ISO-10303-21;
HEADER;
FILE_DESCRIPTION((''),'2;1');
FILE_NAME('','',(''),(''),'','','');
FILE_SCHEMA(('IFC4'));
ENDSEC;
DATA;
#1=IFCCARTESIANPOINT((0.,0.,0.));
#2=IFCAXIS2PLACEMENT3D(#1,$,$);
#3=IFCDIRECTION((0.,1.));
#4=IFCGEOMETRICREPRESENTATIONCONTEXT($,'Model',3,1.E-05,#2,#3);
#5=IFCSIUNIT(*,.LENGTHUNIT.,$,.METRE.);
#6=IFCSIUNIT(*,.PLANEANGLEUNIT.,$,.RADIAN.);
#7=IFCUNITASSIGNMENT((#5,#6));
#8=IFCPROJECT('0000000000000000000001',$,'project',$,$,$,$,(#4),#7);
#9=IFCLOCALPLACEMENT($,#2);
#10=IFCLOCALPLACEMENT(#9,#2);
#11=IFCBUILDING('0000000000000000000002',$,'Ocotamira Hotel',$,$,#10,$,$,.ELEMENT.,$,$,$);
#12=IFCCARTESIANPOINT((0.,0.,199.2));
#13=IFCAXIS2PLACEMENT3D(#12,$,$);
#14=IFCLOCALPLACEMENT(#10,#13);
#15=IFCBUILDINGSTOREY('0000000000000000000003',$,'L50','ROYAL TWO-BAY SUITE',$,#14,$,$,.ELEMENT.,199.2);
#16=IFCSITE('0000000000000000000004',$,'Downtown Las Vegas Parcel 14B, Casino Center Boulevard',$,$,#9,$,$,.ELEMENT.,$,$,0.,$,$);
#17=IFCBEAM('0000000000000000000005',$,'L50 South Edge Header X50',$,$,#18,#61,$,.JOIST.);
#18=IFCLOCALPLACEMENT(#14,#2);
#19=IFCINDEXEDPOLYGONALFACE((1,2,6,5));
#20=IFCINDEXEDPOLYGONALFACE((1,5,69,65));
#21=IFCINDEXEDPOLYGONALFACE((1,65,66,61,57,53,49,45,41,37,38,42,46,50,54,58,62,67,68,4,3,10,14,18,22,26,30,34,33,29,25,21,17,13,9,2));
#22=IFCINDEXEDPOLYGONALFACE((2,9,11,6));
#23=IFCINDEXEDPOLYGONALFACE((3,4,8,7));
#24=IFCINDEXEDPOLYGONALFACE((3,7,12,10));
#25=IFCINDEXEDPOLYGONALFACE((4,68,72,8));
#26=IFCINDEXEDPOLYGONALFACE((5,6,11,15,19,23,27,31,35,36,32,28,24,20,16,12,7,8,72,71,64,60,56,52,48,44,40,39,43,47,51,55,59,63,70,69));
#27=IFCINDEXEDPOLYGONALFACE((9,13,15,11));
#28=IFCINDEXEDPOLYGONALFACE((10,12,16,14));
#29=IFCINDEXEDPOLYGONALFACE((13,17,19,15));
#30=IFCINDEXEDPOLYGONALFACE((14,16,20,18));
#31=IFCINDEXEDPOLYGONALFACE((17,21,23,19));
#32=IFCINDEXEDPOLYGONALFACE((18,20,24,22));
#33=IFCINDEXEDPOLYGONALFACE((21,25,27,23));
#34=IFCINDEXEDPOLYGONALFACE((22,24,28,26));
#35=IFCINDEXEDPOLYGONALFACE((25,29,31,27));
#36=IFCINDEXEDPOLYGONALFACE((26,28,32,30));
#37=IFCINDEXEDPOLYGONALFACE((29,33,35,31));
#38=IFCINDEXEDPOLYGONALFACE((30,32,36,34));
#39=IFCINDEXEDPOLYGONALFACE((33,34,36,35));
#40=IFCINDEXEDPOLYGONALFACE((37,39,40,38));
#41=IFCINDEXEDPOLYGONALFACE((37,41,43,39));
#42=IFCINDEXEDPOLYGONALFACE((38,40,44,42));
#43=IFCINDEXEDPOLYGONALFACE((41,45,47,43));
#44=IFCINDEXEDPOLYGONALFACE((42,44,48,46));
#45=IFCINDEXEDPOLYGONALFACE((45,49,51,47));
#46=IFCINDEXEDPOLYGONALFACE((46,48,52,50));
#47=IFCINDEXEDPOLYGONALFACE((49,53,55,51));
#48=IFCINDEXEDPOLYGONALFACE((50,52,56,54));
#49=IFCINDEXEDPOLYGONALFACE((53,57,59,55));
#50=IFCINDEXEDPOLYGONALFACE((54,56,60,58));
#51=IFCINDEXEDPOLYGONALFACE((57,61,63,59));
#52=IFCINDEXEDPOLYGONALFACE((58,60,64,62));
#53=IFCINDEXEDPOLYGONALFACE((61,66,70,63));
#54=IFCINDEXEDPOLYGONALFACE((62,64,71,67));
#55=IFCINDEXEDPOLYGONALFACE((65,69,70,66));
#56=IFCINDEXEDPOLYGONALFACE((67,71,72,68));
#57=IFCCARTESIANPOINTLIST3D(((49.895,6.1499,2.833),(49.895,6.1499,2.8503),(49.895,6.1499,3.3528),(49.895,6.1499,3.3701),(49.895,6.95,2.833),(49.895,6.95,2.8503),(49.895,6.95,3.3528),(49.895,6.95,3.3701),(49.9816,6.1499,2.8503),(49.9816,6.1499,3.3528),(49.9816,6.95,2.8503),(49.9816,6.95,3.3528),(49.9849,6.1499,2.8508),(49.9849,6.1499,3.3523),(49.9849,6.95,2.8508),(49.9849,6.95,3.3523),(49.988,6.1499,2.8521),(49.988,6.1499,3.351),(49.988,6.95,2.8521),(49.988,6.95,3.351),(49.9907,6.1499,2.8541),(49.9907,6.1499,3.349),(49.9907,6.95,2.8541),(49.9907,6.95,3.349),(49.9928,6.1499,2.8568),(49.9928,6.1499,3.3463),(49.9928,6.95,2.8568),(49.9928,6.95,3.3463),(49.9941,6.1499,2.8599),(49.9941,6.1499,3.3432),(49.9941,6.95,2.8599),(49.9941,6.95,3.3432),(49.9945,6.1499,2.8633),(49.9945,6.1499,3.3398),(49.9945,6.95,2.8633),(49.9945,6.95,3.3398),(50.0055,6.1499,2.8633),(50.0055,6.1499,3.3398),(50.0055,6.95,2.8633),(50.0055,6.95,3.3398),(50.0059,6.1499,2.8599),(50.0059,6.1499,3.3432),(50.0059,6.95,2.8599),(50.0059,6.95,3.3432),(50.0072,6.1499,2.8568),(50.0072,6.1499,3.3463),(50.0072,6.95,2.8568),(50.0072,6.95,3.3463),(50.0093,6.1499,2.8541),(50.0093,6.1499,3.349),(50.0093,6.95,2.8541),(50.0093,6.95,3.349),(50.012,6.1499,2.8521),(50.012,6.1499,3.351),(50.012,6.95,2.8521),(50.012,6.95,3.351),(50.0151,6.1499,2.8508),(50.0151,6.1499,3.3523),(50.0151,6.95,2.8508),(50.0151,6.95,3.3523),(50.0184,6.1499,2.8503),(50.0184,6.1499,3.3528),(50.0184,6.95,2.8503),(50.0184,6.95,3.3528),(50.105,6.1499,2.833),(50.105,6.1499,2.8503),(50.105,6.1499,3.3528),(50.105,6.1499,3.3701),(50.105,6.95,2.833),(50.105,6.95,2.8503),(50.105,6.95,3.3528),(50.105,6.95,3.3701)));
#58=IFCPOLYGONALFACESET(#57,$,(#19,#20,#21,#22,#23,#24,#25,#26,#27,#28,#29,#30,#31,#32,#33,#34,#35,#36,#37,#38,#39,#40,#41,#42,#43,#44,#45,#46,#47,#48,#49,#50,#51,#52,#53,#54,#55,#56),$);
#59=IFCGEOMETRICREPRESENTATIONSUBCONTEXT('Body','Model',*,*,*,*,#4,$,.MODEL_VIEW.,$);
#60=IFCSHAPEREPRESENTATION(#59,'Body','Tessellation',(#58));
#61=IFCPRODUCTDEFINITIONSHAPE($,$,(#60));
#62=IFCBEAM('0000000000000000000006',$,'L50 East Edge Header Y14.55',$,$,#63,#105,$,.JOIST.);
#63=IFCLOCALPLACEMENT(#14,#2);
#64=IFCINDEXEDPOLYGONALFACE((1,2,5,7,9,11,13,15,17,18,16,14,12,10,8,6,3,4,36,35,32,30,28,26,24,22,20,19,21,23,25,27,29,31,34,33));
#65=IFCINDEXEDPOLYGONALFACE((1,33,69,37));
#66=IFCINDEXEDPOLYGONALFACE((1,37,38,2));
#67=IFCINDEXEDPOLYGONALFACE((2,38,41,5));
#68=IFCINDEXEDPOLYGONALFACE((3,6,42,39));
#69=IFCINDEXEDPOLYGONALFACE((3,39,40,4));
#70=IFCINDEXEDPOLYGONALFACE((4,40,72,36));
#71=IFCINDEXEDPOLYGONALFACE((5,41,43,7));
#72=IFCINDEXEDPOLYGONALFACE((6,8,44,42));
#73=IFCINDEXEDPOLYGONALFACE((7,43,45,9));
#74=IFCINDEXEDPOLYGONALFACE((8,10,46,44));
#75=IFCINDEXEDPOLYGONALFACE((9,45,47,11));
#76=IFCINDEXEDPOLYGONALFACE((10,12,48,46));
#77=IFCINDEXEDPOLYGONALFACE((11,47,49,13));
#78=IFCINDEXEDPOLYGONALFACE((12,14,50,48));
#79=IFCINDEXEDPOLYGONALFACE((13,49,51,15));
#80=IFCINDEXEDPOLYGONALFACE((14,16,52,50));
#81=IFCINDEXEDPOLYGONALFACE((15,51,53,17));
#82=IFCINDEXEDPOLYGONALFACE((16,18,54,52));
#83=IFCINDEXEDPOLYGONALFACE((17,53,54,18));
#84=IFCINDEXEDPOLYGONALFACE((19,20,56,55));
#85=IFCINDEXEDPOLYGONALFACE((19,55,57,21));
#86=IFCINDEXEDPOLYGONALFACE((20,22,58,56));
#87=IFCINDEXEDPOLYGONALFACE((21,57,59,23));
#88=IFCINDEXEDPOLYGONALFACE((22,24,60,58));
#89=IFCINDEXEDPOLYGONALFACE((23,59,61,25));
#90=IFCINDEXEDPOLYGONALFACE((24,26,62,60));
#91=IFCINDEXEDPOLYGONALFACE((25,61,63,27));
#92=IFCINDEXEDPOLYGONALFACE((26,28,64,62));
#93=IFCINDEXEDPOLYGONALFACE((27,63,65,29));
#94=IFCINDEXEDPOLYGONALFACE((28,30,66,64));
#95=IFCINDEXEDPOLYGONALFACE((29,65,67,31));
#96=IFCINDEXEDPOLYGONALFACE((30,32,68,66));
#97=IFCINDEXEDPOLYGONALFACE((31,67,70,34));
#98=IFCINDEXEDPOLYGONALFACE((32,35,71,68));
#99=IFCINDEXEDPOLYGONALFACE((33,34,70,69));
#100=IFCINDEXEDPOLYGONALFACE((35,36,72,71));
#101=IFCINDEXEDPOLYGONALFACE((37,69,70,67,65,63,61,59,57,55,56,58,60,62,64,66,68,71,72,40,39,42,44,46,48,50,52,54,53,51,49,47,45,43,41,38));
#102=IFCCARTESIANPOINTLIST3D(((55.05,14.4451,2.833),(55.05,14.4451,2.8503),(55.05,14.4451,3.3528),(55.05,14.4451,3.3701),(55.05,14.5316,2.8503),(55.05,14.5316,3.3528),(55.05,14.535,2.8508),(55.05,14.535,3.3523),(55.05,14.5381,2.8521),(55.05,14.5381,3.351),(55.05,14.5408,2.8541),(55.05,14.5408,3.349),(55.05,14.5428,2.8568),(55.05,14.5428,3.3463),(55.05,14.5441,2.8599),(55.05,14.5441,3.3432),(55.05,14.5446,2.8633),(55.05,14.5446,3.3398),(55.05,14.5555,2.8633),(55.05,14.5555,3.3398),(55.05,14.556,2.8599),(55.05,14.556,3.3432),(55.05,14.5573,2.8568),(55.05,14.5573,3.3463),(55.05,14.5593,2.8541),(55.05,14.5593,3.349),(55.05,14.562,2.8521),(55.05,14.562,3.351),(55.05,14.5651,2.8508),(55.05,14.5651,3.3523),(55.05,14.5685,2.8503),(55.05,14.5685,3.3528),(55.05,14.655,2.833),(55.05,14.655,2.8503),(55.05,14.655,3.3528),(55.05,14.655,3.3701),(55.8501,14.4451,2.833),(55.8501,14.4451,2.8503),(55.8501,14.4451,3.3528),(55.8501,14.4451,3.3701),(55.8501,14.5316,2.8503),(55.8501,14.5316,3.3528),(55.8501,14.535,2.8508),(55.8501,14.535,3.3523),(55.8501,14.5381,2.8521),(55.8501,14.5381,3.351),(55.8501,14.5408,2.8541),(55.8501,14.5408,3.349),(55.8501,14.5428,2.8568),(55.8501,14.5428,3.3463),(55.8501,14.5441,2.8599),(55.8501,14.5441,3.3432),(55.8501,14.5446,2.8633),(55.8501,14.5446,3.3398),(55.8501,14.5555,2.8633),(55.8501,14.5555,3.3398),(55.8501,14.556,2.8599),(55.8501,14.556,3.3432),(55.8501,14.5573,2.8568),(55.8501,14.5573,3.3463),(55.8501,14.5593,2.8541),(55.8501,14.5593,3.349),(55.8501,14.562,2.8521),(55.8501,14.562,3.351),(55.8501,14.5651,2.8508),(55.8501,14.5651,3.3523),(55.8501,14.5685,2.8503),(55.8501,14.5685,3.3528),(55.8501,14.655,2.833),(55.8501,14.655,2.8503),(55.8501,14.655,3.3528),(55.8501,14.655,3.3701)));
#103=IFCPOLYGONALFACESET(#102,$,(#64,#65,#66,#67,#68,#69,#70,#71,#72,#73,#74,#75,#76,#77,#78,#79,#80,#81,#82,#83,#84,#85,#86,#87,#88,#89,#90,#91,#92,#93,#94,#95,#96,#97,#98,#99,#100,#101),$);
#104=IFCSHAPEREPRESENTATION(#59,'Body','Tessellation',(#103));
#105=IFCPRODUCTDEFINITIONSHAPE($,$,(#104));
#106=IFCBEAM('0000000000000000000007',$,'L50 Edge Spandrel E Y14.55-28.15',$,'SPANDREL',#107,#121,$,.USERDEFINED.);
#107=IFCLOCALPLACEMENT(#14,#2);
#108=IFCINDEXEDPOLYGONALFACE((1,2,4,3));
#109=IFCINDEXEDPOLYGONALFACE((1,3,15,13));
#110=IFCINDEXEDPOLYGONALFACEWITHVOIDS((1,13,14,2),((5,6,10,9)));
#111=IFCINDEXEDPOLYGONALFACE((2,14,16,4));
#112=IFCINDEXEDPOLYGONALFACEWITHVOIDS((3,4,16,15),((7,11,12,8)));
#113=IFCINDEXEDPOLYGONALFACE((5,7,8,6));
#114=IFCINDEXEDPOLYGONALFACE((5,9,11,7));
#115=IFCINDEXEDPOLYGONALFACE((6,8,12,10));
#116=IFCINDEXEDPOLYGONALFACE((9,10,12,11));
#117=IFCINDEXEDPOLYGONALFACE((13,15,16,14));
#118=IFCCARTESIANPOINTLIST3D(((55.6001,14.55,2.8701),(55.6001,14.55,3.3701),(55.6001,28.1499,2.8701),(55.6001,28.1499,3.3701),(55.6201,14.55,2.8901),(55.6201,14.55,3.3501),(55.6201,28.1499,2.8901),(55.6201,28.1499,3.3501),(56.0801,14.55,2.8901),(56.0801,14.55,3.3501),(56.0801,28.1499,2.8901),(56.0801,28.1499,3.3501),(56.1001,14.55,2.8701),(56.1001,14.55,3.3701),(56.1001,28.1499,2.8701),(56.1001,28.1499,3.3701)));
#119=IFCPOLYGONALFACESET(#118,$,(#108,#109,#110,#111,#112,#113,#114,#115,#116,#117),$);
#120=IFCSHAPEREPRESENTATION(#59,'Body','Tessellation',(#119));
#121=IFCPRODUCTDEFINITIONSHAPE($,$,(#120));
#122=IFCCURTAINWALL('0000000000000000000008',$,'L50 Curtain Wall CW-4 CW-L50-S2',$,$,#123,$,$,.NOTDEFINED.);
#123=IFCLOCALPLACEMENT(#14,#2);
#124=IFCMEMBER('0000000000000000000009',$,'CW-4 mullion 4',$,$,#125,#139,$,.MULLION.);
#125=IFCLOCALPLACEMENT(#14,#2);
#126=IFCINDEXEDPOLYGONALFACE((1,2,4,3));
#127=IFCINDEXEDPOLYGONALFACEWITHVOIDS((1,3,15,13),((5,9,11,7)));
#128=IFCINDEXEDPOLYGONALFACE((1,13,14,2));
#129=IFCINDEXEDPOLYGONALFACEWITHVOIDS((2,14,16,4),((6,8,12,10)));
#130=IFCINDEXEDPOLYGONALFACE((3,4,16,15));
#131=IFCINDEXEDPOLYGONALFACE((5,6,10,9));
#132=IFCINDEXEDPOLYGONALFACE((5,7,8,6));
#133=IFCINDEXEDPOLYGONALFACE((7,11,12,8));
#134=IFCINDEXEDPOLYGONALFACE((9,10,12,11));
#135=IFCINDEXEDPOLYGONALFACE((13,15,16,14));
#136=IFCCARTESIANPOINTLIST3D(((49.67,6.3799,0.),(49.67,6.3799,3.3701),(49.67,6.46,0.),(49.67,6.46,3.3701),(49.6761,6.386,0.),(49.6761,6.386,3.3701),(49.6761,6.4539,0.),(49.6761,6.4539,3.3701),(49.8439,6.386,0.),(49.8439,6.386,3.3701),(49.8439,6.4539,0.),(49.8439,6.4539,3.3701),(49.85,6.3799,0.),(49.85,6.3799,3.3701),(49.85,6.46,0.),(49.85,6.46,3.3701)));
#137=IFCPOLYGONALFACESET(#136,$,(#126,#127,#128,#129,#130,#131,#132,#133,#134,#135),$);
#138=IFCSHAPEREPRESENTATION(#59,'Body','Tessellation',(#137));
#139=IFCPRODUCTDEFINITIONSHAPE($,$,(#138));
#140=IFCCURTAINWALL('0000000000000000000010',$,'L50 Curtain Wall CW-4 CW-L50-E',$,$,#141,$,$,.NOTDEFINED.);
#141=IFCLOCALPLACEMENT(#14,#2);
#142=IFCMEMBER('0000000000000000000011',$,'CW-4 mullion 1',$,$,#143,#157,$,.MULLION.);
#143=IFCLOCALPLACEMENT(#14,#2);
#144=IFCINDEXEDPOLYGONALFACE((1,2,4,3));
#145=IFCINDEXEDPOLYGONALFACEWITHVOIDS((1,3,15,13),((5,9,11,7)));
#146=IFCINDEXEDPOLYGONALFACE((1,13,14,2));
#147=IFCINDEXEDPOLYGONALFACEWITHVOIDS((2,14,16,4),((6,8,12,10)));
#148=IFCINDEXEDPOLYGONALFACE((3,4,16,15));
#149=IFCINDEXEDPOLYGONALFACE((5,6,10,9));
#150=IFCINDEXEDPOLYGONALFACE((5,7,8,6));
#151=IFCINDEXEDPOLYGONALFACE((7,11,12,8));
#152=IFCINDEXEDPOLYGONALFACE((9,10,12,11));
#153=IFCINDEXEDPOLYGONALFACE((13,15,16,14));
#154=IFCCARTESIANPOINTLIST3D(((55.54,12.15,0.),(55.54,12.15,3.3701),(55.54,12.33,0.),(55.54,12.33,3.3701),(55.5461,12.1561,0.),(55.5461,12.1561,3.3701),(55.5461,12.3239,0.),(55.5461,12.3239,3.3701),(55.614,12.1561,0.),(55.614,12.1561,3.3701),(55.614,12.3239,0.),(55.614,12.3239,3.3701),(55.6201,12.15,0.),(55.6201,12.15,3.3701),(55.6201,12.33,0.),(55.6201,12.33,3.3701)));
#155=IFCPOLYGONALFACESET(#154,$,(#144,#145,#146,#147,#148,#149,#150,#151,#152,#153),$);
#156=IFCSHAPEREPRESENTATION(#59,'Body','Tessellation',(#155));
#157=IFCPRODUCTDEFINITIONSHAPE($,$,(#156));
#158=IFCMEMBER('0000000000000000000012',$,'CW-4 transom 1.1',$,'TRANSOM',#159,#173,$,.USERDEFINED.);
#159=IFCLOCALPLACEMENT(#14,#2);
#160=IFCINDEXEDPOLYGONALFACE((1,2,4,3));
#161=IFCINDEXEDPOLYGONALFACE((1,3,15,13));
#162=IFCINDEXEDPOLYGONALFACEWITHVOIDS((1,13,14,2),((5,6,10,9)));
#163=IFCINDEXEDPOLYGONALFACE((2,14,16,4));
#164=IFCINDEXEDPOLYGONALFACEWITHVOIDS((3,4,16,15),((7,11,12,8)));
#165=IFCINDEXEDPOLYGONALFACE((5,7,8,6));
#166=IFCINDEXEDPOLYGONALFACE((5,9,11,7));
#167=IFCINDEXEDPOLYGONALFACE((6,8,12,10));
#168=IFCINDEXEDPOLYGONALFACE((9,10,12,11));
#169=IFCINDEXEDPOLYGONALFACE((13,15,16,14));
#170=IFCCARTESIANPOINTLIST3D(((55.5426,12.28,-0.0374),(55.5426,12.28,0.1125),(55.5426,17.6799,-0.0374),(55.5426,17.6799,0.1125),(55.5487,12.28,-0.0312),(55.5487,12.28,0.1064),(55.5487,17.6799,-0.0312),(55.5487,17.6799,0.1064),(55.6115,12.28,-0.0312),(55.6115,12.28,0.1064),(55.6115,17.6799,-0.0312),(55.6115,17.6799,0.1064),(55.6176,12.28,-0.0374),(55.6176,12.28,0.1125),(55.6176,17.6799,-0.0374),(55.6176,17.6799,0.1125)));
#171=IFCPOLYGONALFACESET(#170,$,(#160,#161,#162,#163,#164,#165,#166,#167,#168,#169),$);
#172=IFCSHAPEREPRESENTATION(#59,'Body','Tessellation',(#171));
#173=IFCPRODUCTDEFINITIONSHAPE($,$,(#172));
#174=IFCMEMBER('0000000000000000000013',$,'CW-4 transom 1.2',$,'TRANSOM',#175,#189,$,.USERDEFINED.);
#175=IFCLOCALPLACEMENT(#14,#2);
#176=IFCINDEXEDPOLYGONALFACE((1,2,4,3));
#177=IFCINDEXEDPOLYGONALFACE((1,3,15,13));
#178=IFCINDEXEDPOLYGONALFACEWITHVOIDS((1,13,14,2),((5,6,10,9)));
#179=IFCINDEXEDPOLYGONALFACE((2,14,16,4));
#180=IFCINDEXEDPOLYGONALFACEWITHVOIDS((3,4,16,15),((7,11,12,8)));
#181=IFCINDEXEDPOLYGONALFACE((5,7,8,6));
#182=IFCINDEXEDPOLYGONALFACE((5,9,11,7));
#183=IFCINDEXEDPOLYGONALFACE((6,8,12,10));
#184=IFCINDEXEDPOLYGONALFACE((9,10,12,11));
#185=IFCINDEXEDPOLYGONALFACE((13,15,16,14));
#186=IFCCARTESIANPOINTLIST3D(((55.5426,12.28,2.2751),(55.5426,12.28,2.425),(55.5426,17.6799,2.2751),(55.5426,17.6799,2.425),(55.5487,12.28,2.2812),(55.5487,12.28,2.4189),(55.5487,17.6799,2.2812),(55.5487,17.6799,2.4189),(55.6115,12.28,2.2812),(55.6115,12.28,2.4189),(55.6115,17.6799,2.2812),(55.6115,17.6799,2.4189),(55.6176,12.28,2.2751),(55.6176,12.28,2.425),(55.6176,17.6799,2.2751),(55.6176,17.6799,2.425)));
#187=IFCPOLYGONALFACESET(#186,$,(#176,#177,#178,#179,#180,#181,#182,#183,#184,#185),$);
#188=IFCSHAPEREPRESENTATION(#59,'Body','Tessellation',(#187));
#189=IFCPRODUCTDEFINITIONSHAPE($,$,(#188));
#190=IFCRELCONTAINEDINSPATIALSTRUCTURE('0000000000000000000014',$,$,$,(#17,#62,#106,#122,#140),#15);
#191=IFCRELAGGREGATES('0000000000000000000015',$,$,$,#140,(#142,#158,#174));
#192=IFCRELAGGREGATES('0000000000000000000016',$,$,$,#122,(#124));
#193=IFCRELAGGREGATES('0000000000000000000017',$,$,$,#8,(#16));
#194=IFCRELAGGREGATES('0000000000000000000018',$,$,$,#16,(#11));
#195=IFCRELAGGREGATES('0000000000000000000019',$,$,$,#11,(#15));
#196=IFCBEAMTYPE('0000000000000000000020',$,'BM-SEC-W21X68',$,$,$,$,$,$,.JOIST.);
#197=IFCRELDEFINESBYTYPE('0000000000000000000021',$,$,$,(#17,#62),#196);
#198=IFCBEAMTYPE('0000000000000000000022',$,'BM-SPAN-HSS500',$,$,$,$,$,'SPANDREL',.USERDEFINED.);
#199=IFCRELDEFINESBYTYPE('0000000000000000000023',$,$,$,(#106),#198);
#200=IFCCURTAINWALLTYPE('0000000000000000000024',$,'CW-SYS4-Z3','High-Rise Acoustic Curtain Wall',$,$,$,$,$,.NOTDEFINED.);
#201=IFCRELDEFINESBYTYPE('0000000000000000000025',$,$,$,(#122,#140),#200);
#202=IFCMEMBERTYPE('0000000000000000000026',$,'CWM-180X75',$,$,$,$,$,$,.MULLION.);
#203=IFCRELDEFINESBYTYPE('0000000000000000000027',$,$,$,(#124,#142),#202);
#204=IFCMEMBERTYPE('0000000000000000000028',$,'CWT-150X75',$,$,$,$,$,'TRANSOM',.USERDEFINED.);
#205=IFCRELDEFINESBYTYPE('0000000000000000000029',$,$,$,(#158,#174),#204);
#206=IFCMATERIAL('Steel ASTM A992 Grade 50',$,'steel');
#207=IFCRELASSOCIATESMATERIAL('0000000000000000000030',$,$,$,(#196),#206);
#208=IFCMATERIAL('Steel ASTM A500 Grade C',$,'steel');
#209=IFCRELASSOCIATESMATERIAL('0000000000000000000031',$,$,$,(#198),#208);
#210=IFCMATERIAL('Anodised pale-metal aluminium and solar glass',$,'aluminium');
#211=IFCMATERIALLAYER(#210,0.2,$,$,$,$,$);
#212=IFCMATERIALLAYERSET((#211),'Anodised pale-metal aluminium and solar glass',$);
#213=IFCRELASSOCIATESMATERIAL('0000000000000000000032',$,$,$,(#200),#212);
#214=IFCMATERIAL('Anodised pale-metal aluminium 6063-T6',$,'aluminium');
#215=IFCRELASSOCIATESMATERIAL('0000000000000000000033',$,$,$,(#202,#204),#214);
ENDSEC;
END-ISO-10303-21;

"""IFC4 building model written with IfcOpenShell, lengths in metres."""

from ifc_helpers import new_model, si_unit, direction, frame, origin, origin_2d, place, context, subcontext, project, spatial, hollow_rectangle, i_section, extrude, source, transform, mapped, material, layer, layer_set, material_profile, profile_set, type_object, element, aggregate, save


model = new_model("IFC4")

# Units and contexts
model_context = context("Model", 3, precision=1e-05, world=origin(), true_north=direction((0.0, 1.0)))
body_context = subcontext(model_context, "Body", "Model", "MODEL_VIEW")
ifc_project = project(units=[si_unit("LENGTHUNIT", "METRE"), si_unit("PLANEANGLEUNIT", "RADIAN")], contexts=[model_context])

# Site, building, storey
site_placement = place(None, origin())
site = spatial("IfcSite", under=ifc_project, at=site_placement, Name="Downtown Las Vegas Parcel 14B, Casino Center Boulevard", CompositionType="ELEMENT", RefElevation=0.0)
building_placement = place(site_placement, origin())
building = spatial("IfcBuilding", under=site, at=building_placement, Name="Ocotamira Hotel", CompositionType="ELEMENT")
storey_placement = place(building_placement, frame((0.0, 0.0, 199.2)))
storey = spatial("IfcBuildingStorey", under=building, at=storey_placement, Name="L50", Description="ROYAL TWO-BAY SUITE", CompositionType="ELEMENT", Elevation=199.2)

# Beams
ifc_material_1 = material(Name="Steel ASTM A992 Grade 50", Category="steel")
ifc_material_profile_1 = material_profile(ifc_material_1, i_section(OverallWidth=0.21, OverallDepth=0.5371, WebThickness=0.011, FlangeThickness=0.0173, FilletRadius=0.0129, at=origin_2d()), Name="W21X68")
ifc_profile_set_1 = profile_set([ifc_material_profile_1], Name="Steel ASTM A992 Grade 50")
beam_type_1 = type_object("IfcBeamType", Name="BM-SEC-W21X68", PredefinedType="JOIST", material=ifc_profile_set_1)
shared_shape_1 = source(origin(), body_context, "Body", "SweptSolid", [
    extrude(i_section(OverallWidth=0.21, OverallDepth=0.5371, WebThickness=0.011, FlangeThickness=0.0173, FilletRadius=0.0129, at=origin_2d()), origin(), (0.0, 0.0, 1.0), 0.8),
])
for number, where, z_axis, x_axis, name in (
    (1, (50.0, 6.95, 3.1016), (0.0, -1.0, 0.0), (1.0, 0.0, 0.0), "L50 South Edge Header X50"),
    (2, (55.05, 14.55, 3.1016), (1.0, 0.0, 0.0), (0.0, 1.0, 0.0), "L50 East Edge Header Y14.55"),
):
    element("IfcBeam", number, at=place(storey_placement, frame(where, z_axis=z_axis, x_axis=x_axis)), inside=storey, type_object=beam_type_1, Name=name, PredefinedType="JOIST", context=body_context, shape_type="MappedRepresentation", body=[
        mapped(shared_shape_1, transform((0.0, 0.0, 0.0), scale=1.0)),
    ])
ifc_material_2 = material(Name="Steel ASTM A500 Grade C", Category="steel")
ifc_material_profile_2 = material_profile(ifc_material_2, hollow_rectangle(XDim=0.5, YDim=0.5, WallThickness=0.02, at=origin_2d()), Name="HSS500X500X20")
ifc_profile_set_2 = profile_set([ifc_material_profile_2], Name="Steel ASTM A500 Grade C")
beam_type_2 = type_object("IfcBeamType", Name="BM-SPAN-HSS500", ElementType="SPANDREL", PredefinedType="USERDEFINED", material=ifc_profile_set_2)
shared_shape_2 = source(origin(), body_context, "Body", "SweptSolid", [
    extrude(hollow_rectangle(XDim=0.5, YDim=0.5, WallThickness=0.02, at=origin_2d()), origin(), (0.0, 0.0, 1.0), 13.5999),
])
beam_1_placement = place(storey_placement, frame((55.8501, 14.55, 3.1201), z_axis=(0.0, 1.0, 0.0), x_axis=(-1.0, 0.0, 0.0)))
element("IfcBeam", 3, at=beam_1_placement, inside=storey, type_object=beam_type_2, Name="L50 Edge Spandrel E Y14.55-28.15", ObjectType="SPANDREL", PredefinedType="USERDEFINED", context=body_context, shape_type="MappedRepresentation", body=[
    mapped(shared_shape_2, transform((0.0, 0.0, 0.0), scale=1.0)),
])

# Curtain wall, member
ifc_material_3 = material(Name="Anodised pale-metal aluminium and solar glass", Category="aluminium")
ifc_layer_1 = layer(ifc_material_3, 0.2)
ifc_layer_set_1 = layer_set([ifc_layer_1], Name="Anodised pale-metal aluminium and solar glass")
curtain_wall_type = type_object("IfcCurtainWallType", Name="CW-SYS4-Z3", Description="High-Rise Acoustic Curtain Wall", PredefinedType="NOTDEFINED", material=ifc_layer_set_1)
curtain_wall_1_placement = place(storey_placement, origin())
curtain_wall_1 = element("IfcCurtainWall", 4, at=curtain_wall_1_placement, inside=storey, type_object=curtain_wall_type, Name="L50 Curtain Wall CW-4 CW-L50-S2", PredefinedType="NOTDEFINED")
ifc_material_4 = material(Name="Anodised pale-metal aluminium 6063-T6", Category="aluminium")
ifc_material_profile_3 = material_profile(ifc_material_4, hollow_rectangle(XDim=0.0801, YDim=0.1799, WallThickness=0.0061, at=origin_2d()), Name="HSS180X80X6")
ifc_profile_set_3 = profile_set([ifc_material_profile_3], Name="Anodised pale-metal aluminium 6063-T6")
member_type_1 = type_object("IfcMemberType", Name="CWM-180X75", PredefinedType="MULLION", material=ifc_profile_set_3)
shared_shape_3 = source(origin(), body_context, "Body", "SweptSolid", [
    extrude(hollow_rectangle(XDim=0.0801, YDim=0.1799, WallThickness=0.0061, at=origin_2d()), origin(), (0.0, 0.0, 1.0), 3.3701),
])
member_1_placement = place(storey_placement, frame((49.76, 6.4199, 0.0), z_axis=(0.0, 0.0, 1.0), x_axis=(0.0, 1.0, 0.0)))
member_1 = element("IfcMember", 5, at=member_1_placement, type_object=member_type_1, Name="CW-4 mullion 4", PredefinedType="MULLION", context=body_context, shape_type="MappedRepresentation", body=[
    mapped(shared_shape_3, transform((0.0, 0.0, 0.0), scale=1.0)),
])

# Curtain wall, members
curtain_wall_2_placement = place(storey_placement, origin())
curtain_wall_2 = element("IfcCurtainWall", 6, at=curtain_wall_2_placement, inside=storey, type_object=curtain_wall_type, Name="L50 Curtain Wall CW-4 CW-L50-E", PredefinedType="NOTDEFINED")
member_2_placement = place(storey_placement, frame((55.5801, 12.24, 0.0), z_axis=(0.0, 0.0, 1.0), x_axis=(-1.0, 0.0, 0.0)))
member_2 = element("IfcMember", 7, at=member_2_placement, type_object=member_type_1, Name="CW-4 mullion 1", PredefinedType="MULLION", context=body_context, shape_type="MappedRepresentation", body=[
    mapped(shared_shape_3, transform((0.0, 0.0, 0.0), scale=1.0)),
])
ifc_material_profile_4 = material_profile(ifc_material_4, hollow_rectangle(XDim=0.075, YDim=0.1499, WallThickness=0.0061, at=origin_2d()), Name="HSS150X75X6")
ifc_profile_set_4 = profile_set([ifc_material_profile_4], Name="Anodised pale-metal aluminium 6063-T6")
member_type_2 = type_object("IfcMemberType", Name="CWT-150X75", ElementType="TRANSOM", PredefinedType="USERDEFINED", material=ifc_profile_set_4)
shared_shape_4 = source(origin(), body_context, "Body", "SweptSolid", [
    extrude(hollow_rectangle(XDim=0.075, YDim=0.1499, WallThickness=0.0061, at=origin_2d()), origin(), (0.0, 0.0, 1.0), 5.3999),
])
member_3_placement = place(storey_placement, frame((55.5801, 12.28, 0.0376), z_axis=(0.0, 1.0, 0.0), x_axis=(-1.0, 0.0, 0.0)))
member_3 = element("IfcMember", 8, at=member_3_placement, type_object=member_type_2, Name="CW-4 transom 1.1", ObjectType="TRANSOM", PredefinedType="USERDEFINED", context=body_context, shape_type="MappedRepresentation", body=[
    mapped(shared_shape_4, transform((0.0, 0.0, 0.0), scale=1.0)),
])
member_4_placement = place(storey_placement, frame((55.5801, 12.28, 2.3501), z_axis=(0.0, 1.0, 0.0), x_axis=(-1.0, 0.0, 0.0)))
member_4 = element("IfcMember", 9, at=member_4_placement, type_object=member_type_2, Name="CW-4 transom 1.2", ObjectType="TRANSOM", PredefinedType="USERDEFINED", context=body_context, shape_type="MappedRepresentation", body=[
    mapped(shared_shape_4, transform((0.0, 0.0, 0.0), scale=1.0)),
])

aggregate(curtain_wall_2, [member_2, member_3, member_4])
aggregate(curtain_wall_1, [member_1])

save(model, "model.ifc")
